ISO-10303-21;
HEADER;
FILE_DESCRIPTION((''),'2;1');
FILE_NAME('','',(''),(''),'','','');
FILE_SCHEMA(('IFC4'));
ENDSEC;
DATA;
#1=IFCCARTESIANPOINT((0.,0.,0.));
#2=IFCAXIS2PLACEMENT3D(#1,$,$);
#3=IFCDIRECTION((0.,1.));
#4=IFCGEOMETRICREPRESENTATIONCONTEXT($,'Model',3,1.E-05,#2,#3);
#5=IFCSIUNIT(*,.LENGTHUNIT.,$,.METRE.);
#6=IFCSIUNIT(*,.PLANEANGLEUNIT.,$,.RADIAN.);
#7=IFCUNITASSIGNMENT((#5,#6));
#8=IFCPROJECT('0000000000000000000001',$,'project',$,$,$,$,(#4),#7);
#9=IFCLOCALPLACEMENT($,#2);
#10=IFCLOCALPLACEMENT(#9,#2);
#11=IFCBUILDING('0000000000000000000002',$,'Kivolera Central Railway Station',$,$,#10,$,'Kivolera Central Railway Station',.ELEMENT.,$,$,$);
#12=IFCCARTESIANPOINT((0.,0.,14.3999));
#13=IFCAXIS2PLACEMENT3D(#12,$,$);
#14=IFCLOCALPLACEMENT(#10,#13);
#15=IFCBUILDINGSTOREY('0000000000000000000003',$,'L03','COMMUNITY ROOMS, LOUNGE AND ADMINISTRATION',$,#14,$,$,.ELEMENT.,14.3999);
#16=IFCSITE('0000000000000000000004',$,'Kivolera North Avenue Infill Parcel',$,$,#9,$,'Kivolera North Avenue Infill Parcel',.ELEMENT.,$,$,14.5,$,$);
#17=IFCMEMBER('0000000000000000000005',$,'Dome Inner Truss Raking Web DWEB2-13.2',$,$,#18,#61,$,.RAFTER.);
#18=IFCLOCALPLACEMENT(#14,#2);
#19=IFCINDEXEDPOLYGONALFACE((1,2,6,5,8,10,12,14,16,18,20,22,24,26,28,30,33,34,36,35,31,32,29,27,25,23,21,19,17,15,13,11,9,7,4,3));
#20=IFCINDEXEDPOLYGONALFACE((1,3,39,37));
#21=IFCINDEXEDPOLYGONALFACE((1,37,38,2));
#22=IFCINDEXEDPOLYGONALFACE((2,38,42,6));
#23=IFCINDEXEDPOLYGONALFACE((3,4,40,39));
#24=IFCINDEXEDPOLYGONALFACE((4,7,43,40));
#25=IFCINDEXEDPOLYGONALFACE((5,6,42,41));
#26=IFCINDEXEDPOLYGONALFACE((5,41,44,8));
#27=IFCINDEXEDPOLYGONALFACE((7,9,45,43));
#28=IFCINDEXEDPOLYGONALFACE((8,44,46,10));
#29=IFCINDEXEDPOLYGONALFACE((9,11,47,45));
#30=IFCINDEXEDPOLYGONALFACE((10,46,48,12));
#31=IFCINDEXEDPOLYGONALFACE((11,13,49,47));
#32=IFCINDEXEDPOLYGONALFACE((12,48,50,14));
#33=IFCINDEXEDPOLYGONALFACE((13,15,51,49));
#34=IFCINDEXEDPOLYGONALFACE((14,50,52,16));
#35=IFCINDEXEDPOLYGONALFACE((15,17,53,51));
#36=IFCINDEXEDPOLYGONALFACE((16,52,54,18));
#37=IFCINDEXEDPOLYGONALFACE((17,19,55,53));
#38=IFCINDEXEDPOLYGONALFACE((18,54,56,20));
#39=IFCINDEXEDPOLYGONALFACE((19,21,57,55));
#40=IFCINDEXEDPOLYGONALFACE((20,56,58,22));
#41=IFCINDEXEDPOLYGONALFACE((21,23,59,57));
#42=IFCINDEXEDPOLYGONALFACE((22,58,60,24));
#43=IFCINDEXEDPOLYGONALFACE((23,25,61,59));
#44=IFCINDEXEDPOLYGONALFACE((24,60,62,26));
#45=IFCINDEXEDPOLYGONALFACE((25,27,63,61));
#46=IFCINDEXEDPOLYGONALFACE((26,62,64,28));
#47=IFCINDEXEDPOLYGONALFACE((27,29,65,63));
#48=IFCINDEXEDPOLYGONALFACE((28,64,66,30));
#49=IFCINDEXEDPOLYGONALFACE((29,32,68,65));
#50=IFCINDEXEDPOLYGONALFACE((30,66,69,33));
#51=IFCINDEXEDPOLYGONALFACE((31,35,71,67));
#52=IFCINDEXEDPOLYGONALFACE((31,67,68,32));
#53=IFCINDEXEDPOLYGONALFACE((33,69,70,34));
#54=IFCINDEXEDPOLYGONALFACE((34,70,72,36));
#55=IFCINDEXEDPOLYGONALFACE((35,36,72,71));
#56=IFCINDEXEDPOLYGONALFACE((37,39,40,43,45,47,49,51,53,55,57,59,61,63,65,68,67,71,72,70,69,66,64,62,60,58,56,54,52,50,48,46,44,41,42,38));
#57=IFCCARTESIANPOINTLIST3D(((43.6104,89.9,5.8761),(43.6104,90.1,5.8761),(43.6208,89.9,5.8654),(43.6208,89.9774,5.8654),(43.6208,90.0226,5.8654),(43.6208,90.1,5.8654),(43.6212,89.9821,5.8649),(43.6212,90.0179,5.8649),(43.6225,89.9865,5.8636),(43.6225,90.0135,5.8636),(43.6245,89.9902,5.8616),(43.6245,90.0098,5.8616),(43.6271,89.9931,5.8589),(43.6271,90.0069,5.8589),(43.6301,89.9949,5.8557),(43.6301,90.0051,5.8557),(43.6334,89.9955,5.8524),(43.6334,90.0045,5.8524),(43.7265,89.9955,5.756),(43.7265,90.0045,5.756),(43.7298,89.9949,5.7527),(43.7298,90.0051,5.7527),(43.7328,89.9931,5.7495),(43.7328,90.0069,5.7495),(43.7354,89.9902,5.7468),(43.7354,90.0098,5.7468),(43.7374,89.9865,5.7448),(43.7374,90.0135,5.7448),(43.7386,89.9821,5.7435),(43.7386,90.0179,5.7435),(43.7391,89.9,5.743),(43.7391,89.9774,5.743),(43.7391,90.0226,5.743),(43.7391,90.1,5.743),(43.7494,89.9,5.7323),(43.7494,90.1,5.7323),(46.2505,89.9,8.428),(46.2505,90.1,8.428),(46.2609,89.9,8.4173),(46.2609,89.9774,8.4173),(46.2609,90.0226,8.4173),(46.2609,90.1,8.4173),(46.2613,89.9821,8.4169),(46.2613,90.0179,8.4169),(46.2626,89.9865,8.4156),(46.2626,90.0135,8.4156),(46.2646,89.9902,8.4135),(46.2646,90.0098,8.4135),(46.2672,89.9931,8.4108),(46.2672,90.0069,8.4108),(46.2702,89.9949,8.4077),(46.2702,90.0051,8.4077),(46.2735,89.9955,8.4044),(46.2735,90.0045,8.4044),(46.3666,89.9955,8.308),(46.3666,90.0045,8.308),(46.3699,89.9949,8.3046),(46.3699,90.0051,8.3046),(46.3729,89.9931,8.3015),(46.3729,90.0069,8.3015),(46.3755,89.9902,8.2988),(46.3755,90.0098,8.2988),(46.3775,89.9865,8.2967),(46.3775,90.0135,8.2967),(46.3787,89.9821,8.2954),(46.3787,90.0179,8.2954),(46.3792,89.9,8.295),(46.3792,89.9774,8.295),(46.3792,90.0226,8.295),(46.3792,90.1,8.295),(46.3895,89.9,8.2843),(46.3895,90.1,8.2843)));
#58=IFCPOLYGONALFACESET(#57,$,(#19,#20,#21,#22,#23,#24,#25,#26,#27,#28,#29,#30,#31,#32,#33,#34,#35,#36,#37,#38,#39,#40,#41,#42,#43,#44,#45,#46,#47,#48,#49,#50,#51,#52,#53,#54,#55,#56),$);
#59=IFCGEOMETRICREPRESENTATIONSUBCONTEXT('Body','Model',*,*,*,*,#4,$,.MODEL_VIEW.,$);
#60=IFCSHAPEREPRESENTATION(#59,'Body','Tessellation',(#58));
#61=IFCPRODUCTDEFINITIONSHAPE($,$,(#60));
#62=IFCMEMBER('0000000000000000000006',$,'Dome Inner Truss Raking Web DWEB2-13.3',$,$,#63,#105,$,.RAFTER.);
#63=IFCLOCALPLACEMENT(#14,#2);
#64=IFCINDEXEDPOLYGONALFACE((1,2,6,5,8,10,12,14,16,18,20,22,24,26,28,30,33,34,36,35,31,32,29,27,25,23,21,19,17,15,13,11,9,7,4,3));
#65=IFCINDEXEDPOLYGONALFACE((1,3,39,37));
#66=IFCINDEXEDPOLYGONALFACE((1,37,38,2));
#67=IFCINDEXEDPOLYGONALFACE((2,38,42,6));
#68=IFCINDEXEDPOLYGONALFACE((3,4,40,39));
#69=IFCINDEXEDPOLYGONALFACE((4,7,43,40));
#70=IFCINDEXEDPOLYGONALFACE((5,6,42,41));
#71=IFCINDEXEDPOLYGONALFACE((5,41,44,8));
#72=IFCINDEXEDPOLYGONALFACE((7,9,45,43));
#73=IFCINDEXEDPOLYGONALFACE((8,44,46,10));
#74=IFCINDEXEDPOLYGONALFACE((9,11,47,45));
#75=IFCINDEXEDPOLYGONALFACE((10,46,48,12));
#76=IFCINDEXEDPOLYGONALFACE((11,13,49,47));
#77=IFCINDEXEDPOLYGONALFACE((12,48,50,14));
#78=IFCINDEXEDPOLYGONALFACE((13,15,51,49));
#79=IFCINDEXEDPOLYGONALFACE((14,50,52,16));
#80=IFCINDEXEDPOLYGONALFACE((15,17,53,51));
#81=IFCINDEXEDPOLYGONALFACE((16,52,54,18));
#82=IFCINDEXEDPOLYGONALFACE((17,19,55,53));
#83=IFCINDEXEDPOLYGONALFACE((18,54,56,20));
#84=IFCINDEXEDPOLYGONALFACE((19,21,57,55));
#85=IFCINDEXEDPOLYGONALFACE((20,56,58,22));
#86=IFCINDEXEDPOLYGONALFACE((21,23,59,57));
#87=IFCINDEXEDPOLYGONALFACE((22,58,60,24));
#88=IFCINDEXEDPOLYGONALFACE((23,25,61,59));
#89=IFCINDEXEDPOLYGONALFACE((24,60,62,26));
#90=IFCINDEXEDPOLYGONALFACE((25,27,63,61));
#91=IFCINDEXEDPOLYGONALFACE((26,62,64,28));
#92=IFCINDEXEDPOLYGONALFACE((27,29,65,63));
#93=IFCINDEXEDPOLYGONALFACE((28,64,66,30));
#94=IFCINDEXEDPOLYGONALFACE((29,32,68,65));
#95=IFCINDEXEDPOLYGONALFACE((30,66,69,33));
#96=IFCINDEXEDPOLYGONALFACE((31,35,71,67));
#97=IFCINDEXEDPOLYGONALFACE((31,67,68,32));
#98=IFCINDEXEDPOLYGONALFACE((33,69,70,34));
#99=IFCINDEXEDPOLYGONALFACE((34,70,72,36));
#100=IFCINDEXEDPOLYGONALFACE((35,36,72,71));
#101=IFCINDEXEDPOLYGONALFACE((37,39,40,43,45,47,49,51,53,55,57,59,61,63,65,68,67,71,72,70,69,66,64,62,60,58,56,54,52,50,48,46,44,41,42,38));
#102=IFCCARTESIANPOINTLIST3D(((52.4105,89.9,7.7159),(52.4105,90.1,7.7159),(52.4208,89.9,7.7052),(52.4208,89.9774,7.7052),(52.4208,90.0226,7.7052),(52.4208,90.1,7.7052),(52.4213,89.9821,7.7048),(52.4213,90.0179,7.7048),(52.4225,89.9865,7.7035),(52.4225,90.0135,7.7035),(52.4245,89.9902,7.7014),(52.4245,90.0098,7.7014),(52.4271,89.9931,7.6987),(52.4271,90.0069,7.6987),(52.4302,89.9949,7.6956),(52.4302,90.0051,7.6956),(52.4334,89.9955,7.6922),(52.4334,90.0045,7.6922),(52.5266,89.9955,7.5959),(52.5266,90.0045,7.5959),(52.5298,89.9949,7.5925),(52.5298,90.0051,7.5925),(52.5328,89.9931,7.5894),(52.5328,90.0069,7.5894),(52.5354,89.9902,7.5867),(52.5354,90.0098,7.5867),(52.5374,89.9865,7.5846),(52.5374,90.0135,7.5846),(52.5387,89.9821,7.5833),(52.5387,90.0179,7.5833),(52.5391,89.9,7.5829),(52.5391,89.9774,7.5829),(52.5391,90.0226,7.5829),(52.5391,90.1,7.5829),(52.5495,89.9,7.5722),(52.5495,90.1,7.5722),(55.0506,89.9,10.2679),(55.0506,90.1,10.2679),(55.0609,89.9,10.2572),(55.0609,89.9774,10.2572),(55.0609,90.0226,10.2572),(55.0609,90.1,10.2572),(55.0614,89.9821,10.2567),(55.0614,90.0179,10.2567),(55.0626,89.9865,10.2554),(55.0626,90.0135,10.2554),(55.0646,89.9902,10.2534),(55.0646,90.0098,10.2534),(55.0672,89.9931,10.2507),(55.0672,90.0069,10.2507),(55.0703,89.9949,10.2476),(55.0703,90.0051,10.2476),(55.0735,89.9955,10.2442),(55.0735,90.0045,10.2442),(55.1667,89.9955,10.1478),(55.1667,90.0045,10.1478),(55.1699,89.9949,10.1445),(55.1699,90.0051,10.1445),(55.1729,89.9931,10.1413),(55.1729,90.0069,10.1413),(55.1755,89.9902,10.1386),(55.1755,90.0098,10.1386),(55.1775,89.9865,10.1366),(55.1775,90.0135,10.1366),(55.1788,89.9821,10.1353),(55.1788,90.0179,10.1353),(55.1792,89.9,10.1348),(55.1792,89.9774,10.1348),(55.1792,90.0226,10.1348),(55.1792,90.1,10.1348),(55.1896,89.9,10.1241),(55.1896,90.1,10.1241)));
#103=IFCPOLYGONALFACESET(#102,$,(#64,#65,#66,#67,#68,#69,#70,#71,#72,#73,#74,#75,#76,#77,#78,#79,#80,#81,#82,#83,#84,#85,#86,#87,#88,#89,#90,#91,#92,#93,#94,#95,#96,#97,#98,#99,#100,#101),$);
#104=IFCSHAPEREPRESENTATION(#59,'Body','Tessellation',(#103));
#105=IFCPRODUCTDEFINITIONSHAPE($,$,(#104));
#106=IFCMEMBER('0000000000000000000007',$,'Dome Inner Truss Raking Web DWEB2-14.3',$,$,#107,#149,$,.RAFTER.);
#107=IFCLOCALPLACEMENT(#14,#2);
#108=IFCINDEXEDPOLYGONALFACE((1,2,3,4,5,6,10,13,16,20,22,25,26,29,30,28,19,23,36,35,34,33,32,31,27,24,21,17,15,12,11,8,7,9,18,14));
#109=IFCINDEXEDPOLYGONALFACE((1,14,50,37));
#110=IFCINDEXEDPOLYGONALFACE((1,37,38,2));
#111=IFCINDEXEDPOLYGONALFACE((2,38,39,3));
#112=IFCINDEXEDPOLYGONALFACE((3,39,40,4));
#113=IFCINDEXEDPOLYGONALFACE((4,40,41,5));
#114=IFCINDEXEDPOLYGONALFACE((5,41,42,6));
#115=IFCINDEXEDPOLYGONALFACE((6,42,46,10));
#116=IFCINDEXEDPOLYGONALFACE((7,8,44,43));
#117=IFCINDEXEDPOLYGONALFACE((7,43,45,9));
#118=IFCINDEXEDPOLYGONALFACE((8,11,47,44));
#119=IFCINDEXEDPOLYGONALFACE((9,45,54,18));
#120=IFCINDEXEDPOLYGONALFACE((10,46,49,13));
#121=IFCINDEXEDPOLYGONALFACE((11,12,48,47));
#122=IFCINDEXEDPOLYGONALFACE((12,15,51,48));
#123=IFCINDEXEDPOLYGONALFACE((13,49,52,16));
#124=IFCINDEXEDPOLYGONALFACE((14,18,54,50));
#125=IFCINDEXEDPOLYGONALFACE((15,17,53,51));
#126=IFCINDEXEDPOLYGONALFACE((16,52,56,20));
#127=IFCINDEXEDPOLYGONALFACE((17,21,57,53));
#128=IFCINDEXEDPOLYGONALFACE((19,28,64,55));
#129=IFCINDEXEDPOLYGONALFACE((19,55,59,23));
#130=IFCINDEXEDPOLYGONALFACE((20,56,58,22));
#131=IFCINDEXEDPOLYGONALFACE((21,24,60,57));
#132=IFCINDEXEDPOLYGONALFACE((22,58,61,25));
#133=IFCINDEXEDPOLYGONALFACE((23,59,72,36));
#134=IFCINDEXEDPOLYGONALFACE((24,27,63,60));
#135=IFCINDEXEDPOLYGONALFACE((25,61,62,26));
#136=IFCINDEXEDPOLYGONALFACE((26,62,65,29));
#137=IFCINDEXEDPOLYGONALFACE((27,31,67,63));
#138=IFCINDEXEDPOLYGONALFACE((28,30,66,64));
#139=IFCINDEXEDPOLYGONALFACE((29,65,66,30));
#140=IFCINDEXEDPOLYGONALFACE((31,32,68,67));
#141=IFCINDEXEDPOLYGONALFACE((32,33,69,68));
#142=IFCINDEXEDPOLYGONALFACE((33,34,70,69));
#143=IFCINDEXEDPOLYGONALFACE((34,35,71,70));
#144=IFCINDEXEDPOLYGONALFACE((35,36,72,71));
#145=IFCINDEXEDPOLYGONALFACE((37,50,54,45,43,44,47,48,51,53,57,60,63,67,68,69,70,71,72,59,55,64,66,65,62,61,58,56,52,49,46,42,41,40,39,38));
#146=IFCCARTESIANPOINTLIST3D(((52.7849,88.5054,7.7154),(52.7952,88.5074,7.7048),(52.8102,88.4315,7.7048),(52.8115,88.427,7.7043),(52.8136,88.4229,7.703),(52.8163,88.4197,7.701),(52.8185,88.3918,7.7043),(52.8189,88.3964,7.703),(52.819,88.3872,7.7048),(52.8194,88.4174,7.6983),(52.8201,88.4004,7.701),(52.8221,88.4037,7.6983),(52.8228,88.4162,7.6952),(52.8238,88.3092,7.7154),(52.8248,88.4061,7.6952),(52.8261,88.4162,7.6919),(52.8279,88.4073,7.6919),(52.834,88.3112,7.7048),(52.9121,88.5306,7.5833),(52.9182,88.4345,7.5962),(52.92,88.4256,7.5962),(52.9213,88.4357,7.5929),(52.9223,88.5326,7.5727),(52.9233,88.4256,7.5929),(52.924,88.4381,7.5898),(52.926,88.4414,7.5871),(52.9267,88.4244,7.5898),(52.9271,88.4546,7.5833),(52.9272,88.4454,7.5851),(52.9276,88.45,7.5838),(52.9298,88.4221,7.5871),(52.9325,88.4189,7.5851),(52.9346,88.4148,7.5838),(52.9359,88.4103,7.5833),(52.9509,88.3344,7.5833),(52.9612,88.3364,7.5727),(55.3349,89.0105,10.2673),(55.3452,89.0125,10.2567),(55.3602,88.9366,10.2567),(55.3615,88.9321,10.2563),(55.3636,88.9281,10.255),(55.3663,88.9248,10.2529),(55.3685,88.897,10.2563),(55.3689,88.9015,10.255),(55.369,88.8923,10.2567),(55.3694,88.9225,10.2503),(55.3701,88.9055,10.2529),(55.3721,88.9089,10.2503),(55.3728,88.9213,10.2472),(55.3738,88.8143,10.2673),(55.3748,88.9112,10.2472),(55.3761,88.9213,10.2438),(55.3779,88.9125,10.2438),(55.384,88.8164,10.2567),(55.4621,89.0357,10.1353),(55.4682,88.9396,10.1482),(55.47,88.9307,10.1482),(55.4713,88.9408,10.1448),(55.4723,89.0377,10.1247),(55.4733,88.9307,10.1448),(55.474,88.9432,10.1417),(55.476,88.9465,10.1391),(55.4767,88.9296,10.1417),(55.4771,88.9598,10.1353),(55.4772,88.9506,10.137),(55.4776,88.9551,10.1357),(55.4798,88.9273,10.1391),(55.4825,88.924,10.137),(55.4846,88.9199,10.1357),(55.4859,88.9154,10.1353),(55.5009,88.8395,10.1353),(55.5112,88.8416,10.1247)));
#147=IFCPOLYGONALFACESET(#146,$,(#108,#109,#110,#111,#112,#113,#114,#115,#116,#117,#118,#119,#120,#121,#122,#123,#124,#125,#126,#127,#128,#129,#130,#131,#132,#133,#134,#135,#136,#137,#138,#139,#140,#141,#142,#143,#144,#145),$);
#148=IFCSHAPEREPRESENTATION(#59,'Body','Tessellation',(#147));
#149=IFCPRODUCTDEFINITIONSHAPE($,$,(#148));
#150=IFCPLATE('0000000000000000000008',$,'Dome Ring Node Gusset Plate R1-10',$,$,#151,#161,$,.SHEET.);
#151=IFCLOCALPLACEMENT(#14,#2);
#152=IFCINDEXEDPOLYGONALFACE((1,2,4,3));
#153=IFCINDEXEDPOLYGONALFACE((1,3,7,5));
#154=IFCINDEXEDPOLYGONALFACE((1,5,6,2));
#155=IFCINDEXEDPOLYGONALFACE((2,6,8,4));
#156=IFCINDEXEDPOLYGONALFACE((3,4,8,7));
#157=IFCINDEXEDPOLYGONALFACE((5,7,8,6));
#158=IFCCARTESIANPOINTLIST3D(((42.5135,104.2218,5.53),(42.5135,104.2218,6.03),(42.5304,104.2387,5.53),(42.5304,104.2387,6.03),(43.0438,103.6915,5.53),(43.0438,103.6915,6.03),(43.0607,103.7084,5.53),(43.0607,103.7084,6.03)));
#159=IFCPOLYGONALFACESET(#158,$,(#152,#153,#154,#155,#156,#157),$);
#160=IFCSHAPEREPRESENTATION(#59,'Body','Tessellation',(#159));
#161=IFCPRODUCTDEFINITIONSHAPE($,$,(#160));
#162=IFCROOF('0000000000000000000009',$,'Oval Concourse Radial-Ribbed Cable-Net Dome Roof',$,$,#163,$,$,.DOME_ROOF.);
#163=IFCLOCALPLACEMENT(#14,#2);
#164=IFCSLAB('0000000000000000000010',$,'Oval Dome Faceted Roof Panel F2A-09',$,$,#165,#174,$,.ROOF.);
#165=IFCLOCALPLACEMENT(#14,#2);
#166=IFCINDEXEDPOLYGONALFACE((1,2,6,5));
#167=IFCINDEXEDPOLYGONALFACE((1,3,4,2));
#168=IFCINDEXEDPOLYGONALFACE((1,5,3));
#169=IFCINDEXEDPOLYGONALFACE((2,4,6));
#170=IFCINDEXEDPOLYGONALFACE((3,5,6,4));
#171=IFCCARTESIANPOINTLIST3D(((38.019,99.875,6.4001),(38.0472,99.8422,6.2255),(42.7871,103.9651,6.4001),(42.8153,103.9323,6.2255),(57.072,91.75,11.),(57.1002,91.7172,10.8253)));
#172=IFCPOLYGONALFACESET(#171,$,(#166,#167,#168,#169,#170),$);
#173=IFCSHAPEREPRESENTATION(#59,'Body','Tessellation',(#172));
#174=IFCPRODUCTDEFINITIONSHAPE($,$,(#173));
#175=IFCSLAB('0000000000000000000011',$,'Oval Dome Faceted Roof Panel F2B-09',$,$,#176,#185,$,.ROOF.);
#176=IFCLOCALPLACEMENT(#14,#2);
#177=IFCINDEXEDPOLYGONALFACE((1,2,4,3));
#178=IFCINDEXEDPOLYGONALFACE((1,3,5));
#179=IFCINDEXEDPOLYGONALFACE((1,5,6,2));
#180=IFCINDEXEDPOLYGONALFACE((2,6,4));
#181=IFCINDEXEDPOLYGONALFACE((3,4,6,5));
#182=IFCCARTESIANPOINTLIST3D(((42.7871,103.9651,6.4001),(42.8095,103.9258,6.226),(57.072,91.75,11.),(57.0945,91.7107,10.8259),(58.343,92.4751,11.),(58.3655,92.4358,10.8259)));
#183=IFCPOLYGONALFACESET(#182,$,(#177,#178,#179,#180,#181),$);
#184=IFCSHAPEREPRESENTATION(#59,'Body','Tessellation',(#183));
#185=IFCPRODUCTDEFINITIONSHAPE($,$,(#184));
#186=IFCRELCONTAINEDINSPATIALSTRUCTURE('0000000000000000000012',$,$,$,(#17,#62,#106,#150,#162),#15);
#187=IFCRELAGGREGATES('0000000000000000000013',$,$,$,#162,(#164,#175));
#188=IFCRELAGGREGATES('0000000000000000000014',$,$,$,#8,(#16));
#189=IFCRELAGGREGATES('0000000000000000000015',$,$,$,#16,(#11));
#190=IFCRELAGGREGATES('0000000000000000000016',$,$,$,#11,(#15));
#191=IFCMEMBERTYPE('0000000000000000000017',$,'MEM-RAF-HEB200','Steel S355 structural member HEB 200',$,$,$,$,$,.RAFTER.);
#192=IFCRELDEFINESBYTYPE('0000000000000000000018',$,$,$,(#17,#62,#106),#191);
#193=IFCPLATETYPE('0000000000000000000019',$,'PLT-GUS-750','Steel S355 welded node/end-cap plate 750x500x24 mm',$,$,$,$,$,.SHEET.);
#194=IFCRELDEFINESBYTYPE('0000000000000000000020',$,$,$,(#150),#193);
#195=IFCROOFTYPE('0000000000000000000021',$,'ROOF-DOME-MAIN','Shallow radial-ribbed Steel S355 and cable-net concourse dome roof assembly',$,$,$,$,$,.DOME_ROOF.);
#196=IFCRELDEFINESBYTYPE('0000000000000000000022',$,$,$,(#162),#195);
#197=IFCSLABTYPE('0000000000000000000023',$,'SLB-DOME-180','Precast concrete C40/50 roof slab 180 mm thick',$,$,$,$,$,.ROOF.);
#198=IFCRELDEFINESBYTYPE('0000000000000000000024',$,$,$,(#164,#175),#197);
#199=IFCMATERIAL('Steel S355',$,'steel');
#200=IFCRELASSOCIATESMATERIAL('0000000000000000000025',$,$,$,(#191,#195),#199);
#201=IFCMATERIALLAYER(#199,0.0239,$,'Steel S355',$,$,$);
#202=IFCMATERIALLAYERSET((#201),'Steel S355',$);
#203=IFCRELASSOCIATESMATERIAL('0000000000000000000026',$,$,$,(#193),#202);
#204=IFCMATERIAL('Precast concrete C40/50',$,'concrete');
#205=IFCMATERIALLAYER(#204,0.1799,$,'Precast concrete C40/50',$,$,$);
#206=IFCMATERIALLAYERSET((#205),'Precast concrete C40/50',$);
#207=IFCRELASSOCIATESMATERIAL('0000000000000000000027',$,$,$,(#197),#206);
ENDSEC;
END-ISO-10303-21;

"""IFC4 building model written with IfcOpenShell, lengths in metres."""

from ifc_helpers import new_model, si_unit, direction, frame, origin, origin_2d, place, context, subcontext, project, spatial, polyline, rectangle, i_section, outline, extrude, material, layer, layer_set, material_profile, profile_set, type_object, element, aggregate, save


model = new_model("IFC4")

# Units and contexts
model_context = context("Model", 3, precision=1e-05, world=origin(), true_north=direction((0.0, 1.0)))
body_context = subcontext(model_context, "Body", "Model", "MODEL_VIEW")
ifc_project = project(units=[si_unit("LENGTHUNIT", "METRE"), si_unit("PLANEANGLEUNIT", "RADIAN")], contexts=[model_context])

# Site, building, storey
site_placement = place(None, origin())
site = spatial("IfcSite", under=ifc_project, at=site_placement, Name="Kivolera North Avenue Infill Parcel", LongName="Kivolera North Avenue Infill Parcel", CompositionType="ELEMENT", RefElevation=14.5)
building_placement = place(site_placement, origin())
building = spatial("IfcBuilding", under=site, at=building_placement, Name="Kivolera Central Railway Station", LongName="Kivolera Central Railway Station", CompositionType="ELEMENT")
storey_placement = place(building_placement, frame((0.0, 0.0, 14.3999)))
storey = spatial("IfcBuildingStorey", under=building, at=storey_placement, Name="L03", Description="COMMUNITY ROOMS, LOUNGE AND ADMINISTRATION", CompositionType="ELEMENT", Elevation=14.3999)

# Shared definitions
ifc_material_1 = material(Name="Steel S355", Category="steel")

# Members
ifc_material_profile_1 = material_profile(ifc_material_1, i_section(OverallWidth=0.2, OverallDepth=0.2, WebThickness=0.009, FlangeThickness=0.0149, FilletRadius=0.0181, at=origin_2d()), Name="HEB 200")
ifc_profile_set_1 = profile_set([ifc_material_profile_1], Name="Steel S355")
member_type_1 = type_object("IfcMemberType", Name="MEM-RAF-HEB200", Description="Steel S355 structural member HEB 200", PredefinedType="RAFTER", material=ifc_profile_set_1)
for number, where, z_axis, x_axis, name in (
    (1, (43.6799, 90.0, 5.8042), (0.719006, 0.0, 0.695004), (0.0, 1.0, 0.0), "Dome Inner Truss Raking Web DWEB2-13.2"),
    (2, (52.48, 90.0, 7.644), (0.719006, 0.0, 0.695004), (0.0, 1.0, 0.0), "Dome Inner Truss Raking Web DWEB2-13.3"),
):
    element("IfcMember", number, at=place(storey_placement, frame(where, z_axis=z_axis, x_axis=x_axis)), inside=storey, type_object=member_type_1, Name=name, PredefinedType="RAFTER", context=body_context, shape_type="SweptSolid", body=[
        extrude(i_section(OverallWidth=0.2, OverallDepth=0.2, WebThickness=0.009, FlangeThickness=0.0149, FilletRadius=0.0181, at=origin_2d()), origin(), (0.0, 0.0, 1.0), 3.6719),
    ])
member_1_placement = place(storey_placement, frame((52.873, 88.4209, 7.644), z_axis=(0.700008, 0.138661, 0.700544), x_axis=(-0.19431, 0.98094, 0.0)))
element("IfcMember", 3, at=member_1_placement, inside=storey, type_object=member_type_1, Name="Dome Inner Truss Raking Web DWEB2-14.3", PredefinedType="RAFTER", context=body_context, shape_type="SweptSolid", body=[
    extrude(i_section(OverallWidth=0.2, OverallDepth=0.2, WebThickness=0.009, FlangeThickness=0.0149, FilletRadius=0.0181, at=origin_2d()), origin(), (0.0, 0.0, 1.0), 3.6428),
])

# Plate
ifc_layer_1 = layer(ifc_material_1, 0.0239, Name="Steel S355")
ifc_layer_set_1 = layer_set([ifc_layer_1], Name="Steel S355")
plate_type = type_object("IfcPlateType", Name="PLT-GUS-750", Description="Steel S355 welded node/end-cap plate 750x500x24 mm", PredefinedType="SHEET", material=ifc_layer_set_1)
plate_placement = place(storey_placement, frame((42.7871, 103.9651, 5.53), z_axis=(0.0, 0.0, 1.0), x_axis=(-0.707107, 0.707107, 0.0)))
element("IfcPlate", 4, at=plate_placement, inside=storey, type_object=plate_type, Name="Dome Ring Node Gusset Plate R1-10", PredefinedType="SHEET", context=body_context, shape_type="SweptSolid", body=[
    extrude(rectangle(XDim=0.75, YDim=0.0239, at=origin_2d()), origin(), (0.0, 0.0, 1.0), 0.5),
])

# Roof, slabs
roof_type = type_object("IfcRoofType", Name="ROOF-DOME-MAIN", Description="Shallow radial-ribbed Steel S355 and cable-net concourse dome roof assembly", PredefinedType="DOME_ROOF", material=ifc_material_1)
roof_placement = place(storey_placement, origin())
roof = element("IfcRoof", 5, at=roof_placement, inside=storey, type_object=roof_type, Name="Oval Concourse Radial-Ribbed Cable-Net Dome Roof", PredefinedType="DOME_ROOF")
ifc_material_2 = material(Name="Precast concrete C40/50", Category="concrete")
ifc_layer_2 = layer(ifc_material_2, 0.1799, Name="Precast concrete C40/50")
ifc_layer_set_2 = layer_set([ifc_layer_2], Name="Precast concrete C40/50")
slab_type = type_object("IfcSlabType", Name="SLB-DOME-180", Description="Precast concrete C40/50 roof slab 180 mm thick", PredefinedType="ROOF", material=ifc_layer_set_2)
slab_1_placement = place(storey_placement, frame((42.7871, 103.9651, 6.4001), z_axis=(-0.156529, 0.182475, 0.970671), x_axis=(-0.759007, -0.651083, 0.0)))
slab_1 = element("IfcSlab", 6, at=slab_1_placement, type_object=slab_type, Name="Oval Dome Faceted Roof Panel F2A-09", PredefinedType="ROOF", context=body_context, shape_type="SweptSolid", body=[
    extrude(outline(polyline([(0.0, 0.0), (6.282, 0.0), (-2.8893, 19.1332), (0.0, 0.0)])), origin(), (0.0, 0.0, -1.0), 0.1799),
])
slab_2_placement = place(storey_placement, frame((42.7871, 103.9651, 6.4001), z_axis=(-0.124713, 0.218605, 0.967811), x_axis=(0.738235, -0.631268, 0.237717)))
slab_2 = element("IfcSlab", 7, at=slab_2_placement, type_object=slab_type, Name="Oval Dome Faceted Roof Panel F2B-09", PredefinedType="ROOF", context=body_context, shape_type="SweptSolid", body=[
    extrude(outline(polyline([(0.0, 0.0), (19.3501, 0.0), (19.8306, 1.3821), (0.0, 0.0)])), origin(), (0.0, 0.0, -1.0), 0.1799),
])
aggregate(roof, [slab_1, slab_2])

save(model, "model.ifc")
